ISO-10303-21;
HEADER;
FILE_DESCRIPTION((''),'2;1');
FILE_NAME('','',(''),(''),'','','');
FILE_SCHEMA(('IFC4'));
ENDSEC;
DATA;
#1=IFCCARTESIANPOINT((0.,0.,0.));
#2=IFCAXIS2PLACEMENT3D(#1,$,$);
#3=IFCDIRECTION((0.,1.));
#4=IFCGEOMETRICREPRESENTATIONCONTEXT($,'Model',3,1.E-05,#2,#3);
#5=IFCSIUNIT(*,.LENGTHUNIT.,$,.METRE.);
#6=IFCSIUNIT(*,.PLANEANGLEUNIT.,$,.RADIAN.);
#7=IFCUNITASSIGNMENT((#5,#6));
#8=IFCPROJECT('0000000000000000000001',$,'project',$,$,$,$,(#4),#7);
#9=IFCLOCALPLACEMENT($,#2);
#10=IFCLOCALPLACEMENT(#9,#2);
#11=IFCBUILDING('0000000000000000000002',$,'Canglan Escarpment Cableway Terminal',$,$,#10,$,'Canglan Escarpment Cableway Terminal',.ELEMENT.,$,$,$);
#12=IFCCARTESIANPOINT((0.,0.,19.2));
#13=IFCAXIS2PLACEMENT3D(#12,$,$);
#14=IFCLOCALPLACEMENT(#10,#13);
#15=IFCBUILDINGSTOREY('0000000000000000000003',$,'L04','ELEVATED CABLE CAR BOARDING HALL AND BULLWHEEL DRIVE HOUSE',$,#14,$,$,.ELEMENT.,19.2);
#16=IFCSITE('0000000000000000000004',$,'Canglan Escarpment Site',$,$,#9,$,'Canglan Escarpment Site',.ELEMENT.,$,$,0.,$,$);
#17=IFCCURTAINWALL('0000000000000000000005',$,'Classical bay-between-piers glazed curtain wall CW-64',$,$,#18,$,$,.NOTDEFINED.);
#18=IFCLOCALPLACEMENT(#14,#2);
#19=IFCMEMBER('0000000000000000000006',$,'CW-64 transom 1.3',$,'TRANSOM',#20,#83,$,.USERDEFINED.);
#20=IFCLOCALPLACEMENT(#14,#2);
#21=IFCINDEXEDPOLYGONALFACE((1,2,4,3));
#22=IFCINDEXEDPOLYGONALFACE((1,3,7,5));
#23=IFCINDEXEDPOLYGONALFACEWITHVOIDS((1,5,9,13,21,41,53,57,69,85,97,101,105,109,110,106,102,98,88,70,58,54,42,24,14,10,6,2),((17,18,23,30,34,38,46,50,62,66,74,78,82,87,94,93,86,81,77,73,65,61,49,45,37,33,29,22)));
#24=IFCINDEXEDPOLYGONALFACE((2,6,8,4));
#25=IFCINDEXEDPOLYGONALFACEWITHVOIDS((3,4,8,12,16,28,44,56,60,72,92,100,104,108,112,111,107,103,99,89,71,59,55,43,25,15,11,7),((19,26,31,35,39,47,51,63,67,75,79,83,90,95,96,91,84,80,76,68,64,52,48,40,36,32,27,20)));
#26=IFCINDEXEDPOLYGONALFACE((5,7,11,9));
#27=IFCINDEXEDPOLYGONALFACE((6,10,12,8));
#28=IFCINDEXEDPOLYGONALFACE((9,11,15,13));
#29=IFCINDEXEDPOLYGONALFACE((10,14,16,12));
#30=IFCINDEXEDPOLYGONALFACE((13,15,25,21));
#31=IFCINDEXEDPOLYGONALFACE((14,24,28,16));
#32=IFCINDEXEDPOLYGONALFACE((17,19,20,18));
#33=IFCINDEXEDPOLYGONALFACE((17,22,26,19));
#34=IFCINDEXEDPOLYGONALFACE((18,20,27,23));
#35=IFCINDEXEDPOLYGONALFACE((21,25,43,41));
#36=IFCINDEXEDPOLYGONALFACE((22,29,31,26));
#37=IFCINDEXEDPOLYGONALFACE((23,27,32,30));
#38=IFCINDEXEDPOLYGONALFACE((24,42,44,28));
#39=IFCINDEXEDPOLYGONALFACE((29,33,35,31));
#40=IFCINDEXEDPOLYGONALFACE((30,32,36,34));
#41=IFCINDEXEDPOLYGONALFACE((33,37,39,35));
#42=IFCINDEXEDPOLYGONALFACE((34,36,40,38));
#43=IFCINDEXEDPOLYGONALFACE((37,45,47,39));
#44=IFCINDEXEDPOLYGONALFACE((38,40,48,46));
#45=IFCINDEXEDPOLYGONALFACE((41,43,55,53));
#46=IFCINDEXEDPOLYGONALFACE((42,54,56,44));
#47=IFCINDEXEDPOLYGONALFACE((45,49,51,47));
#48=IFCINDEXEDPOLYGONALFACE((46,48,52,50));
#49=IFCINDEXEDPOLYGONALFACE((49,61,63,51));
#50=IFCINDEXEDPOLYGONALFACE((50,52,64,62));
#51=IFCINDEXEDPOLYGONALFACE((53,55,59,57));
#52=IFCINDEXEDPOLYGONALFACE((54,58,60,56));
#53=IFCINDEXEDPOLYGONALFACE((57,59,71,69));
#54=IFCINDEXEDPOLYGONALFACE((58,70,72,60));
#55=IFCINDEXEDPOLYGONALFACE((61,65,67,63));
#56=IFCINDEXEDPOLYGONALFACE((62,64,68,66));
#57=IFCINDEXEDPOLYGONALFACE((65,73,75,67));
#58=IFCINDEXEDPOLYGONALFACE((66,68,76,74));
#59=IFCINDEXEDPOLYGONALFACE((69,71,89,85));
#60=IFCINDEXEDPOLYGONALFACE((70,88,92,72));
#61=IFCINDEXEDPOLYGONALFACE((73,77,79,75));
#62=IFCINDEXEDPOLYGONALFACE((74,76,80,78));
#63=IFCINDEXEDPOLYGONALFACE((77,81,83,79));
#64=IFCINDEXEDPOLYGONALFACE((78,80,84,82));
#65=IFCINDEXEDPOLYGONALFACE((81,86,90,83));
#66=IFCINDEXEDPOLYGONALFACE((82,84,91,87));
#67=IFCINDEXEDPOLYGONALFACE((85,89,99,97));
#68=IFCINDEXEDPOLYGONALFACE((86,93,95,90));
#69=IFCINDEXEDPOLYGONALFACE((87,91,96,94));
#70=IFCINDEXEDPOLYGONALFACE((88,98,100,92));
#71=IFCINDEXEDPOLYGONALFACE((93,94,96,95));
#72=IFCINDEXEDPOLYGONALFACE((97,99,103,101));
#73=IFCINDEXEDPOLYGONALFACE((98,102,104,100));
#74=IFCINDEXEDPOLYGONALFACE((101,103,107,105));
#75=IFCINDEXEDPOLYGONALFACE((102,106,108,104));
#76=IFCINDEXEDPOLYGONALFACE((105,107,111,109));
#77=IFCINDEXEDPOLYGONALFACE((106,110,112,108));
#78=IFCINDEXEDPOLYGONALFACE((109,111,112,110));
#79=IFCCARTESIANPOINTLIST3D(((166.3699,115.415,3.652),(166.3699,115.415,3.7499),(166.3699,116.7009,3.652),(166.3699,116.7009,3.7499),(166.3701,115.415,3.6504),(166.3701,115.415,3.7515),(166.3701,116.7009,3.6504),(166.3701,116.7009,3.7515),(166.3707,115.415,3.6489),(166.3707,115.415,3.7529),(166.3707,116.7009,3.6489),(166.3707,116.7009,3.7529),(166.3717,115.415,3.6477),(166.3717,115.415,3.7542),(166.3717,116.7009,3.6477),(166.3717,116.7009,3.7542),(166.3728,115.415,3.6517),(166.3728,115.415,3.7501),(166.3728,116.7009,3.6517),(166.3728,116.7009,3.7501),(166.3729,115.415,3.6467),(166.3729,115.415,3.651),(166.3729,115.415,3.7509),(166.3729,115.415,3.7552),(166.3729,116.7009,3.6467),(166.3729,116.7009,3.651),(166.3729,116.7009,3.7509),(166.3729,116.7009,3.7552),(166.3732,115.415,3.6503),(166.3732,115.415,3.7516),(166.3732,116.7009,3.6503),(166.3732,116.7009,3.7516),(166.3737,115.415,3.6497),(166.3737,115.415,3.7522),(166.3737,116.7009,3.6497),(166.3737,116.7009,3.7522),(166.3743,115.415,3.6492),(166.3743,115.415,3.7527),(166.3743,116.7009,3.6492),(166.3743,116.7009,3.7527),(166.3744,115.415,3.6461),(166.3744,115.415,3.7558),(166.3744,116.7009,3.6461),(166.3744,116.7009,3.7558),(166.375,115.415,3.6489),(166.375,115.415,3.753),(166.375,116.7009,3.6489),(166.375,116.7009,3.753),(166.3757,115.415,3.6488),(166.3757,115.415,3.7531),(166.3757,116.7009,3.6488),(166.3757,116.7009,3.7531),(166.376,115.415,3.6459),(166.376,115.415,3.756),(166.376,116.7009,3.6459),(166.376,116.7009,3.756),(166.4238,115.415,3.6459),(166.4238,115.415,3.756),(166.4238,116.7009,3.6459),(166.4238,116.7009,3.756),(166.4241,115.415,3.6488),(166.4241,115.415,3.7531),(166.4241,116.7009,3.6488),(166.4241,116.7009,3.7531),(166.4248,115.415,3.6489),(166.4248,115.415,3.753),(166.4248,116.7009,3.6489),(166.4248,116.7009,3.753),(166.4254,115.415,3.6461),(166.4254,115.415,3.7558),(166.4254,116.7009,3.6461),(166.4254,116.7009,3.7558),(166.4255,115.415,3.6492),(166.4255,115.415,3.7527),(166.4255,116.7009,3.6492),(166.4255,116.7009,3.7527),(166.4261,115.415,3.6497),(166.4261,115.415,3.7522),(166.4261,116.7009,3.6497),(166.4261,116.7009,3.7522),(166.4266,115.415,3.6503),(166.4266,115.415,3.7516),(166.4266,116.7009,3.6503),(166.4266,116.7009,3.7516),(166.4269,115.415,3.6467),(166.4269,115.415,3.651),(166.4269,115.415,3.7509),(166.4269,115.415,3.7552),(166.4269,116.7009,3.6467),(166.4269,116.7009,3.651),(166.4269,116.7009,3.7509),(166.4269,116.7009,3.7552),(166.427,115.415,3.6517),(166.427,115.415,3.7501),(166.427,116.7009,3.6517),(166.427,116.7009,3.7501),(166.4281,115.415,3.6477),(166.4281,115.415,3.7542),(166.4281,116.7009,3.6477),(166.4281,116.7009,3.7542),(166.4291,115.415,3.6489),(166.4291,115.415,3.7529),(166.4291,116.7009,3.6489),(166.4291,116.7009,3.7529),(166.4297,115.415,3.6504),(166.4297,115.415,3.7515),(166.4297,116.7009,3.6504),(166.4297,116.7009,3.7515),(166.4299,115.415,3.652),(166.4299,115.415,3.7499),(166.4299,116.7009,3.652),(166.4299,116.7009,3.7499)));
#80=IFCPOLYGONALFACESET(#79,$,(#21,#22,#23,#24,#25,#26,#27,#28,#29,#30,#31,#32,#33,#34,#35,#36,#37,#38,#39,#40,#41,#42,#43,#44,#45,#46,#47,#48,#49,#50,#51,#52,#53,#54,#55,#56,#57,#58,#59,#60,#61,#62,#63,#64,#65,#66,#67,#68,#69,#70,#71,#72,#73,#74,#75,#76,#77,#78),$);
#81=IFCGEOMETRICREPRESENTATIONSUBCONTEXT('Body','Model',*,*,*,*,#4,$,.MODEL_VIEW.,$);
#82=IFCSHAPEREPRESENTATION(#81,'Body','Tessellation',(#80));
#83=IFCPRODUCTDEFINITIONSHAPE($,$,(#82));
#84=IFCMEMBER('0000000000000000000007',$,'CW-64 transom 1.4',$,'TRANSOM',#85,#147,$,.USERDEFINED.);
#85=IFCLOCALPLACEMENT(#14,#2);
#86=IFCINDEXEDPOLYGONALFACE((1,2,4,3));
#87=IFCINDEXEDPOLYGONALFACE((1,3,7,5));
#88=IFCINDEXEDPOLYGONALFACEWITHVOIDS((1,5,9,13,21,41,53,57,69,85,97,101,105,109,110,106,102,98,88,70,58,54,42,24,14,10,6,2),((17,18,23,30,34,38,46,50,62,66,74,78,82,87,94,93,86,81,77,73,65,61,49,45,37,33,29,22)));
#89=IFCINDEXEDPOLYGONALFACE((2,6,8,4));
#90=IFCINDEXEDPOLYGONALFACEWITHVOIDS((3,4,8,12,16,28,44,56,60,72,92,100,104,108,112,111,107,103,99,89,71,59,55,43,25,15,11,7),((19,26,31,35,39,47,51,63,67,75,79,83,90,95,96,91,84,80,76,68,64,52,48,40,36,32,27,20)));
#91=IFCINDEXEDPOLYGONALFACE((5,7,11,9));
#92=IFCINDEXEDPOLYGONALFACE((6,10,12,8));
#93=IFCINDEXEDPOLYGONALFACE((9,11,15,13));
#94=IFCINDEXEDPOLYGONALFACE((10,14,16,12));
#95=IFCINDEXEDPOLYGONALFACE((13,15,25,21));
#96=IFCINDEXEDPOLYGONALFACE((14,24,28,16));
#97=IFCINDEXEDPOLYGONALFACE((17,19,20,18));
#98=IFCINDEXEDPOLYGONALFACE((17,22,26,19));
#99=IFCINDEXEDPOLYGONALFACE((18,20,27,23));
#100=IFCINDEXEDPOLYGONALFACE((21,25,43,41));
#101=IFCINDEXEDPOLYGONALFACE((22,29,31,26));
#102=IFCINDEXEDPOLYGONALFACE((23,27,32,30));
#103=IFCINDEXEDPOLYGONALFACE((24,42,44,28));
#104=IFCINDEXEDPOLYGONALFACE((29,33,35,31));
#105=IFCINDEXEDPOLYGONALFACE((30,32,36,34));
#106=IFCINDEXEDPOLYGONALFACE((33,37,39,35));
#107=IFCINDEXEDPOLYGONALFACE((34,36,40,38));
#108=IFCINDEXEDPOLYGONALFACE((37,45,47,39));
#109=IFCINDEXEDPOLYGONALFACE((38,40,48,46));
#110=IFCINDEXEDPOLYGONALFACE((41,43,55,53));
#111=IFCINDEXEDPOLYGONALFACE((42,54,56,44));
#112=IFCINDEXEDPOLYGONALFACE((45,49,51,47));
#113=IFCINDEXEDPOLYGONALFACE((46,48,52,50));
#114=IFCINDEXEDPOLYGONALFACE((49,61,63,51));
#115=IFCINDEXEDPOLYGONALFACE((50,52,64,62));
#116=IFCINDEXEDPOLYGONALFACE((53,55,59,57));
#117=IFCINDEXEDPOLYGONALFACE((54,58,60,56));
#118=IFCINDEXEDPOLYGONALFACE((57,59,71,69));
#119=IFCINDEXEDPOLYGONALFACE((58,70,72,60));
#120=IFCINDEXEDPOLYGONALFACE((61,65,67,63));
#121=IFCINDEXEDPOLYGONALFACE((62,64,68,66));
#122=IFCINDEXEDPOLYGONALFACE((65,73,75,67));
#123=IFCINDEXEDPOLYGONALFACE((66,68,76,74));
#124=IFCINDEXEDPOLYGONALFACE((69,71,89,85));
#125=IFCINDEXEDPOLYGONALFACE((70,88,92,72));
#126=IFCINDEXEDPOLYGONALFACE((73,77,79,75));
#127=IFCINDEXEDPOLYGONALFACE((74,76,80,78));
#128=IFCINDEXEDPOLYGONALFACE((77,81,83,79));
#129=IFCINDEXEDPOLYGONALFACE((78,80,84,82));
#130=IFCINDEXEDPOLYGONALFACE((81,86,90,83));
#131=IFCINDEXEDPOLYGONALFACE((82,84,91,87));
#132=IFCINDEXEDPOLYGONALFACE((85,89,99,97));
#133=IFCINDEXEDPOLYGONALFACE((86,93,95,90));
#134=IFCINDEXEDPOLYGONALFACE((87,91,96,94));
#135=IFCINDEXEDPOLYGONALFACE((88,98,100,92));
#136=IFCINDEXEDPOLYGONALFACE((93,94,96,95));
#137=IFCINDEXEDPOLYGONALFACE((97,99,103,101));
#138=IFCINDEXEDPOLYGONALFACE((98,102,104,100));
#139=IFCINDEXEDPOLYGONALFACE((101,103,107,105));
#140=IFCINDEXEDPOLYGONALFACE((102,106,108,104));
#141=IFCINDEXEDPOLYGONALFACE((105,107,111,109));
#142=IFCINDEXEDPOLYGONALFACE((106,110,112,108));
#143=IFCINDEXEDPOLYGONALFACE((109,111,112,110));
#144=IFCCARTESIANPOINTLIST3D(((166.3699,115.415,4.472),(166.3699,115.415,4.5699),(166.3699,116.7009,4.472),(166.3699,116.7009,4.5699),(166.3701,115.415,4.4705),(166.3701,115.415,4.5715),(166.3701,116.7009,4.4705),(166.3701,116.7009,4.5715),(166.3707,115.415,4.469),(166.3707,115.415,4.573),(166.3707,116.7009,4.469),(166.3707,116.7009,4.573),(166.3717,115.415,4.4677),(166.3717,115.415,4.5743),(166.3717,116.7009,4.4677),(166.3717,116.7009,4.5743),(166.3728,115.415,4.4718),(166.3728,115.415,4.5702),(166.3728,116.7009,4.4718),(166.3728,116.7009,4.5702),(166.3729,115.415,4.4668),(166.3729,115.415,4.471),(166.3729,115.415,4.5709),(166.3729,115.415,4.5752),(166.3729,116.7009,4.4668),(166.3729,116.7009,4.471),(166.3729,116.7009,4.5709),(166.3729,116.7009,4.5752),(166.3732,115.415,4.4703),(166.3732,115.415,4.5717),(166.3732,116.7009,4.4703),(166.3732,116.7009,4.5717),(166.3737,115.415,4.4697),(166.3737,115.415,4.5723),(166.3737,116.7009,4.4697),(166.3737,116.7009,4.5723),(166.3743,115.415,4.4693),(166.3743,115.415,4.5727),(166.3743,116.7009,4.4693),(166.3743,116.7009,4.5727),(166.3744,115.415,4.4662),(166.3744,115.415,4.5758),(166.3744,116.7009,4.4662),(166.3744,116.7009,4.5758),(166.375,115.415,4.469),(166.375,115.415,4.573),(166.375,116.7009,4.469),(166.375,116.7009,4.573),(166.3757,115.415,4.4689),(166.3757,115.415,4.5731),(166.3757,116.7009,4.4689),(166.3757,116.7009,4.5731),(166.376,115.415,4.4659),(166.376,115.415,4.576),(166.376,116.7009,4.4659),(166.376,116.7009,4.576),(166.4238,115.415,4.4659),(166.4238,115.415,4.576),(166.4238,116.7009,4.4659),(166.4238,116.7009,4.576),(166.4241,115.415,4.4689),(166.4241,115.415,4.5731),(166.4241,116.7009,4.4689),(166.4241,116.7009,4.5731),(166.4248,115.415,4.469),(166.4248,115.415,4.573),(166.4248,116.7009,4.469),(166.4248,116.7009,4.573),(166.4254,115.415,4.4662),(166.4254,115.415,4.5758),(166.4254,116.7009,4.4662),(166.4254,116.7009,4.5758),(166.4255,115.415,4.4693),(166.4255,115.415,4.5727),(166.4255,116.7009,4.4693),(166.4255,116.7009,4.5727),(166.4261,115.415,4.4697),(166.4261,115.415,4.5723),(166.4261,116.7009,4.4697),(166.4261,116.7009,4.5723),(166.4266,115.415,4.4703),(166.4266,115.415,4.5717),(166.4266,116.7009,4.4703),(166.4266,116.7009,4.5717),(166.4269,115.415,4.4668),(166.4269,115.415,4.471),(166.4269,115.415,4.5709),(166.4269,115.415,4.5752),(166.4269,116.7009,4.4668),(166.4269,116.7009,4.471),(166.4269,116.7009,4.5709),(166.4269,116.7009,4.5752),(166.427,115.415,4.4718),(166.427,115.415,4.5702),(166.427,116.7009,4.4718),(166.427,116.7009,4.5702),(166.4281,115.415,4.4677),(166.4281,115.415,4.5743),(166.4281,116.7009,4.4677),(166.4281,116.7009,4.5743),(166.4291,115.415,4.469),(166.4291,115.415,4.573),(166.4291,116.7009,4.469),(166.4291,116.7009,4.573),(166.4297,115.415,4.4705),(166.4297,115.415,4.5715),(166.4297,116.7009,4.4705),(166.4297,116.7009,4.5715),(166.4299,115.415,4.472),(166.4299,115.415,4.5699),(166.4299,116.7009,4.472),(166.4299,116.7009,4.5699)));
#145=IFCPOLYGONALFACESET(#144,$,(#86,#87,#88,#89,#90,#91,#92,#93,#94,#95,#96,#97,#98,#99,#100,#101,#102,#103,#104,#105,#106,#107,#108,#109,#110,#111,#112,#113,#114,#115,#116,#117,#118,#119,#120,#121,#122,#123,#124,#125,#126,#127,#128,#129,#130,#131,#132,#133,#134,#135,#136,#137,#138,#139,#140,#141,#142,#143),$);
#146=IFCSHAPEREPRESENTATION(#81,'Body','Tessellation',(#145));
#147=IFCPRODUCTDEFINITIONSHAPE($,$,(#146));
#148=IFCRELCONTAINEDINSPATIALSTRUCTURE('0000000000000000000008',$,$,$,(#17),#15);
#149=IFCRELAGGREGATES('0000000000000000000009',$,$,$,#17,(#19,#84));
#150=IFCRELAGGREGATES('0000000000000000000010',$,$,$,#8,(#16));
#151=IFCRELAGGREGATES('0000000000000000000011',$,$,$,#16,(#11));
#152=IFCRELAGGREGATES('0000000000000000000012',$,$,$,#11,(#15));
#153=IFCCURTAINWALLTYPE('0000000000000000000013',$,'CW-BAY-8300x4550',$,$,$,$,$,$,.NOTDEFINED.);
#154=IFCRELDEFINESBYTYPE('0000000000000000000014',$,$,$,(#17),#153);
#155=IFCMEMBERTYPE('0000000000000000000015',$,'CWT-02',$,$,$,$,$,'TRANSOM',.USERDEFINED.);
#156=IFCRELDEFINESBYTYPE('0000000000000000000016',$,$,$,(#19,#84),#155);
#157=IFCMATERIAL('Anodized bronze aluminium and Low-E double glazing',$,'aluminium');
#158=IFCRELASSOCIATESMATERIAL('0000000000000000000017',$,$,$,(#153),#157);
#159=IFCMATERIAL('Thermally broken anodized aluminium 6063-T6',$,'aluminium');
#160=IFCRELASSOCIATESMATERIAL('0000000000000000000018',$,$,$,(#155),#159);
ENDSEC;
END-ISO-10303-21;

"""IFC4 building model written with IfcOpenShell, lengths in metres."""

from ifc_helpers import new_model, si_unit, direction, frame, origin, origin_2d, place, context, subcontext, project, spatial, hollow_rectangle, extrude, material, material_profile, profile_set, type_object, element, aggregate, save


model = new_model("IFC4")

# Units and contexts
model_context = context("Model", 3, precision=1e-05, world=origin(), true_north=direction((0.0, 1.0)))
body_context = subcontext(model_context, "Body", "Model", "MODEL_VIEW")
ifc_project = project(units=[si_unit("LENGTHUNIT", "METRE"), si_unit("PLANEANGLEUNIT", "RADIAN")], contexts=[model_context])

# Site, building, storey
site_placement = place(None, origin())
site = spatial("IfcSite", under=ifc_project, at=site_placement, Name="Canglan Escarpment Site", LongName="Canglan Escarpment Site", CompositionType="ELEMENT", RefElevation=0.0)
building_placement = place(site_placement, origin())
building = spatial("IfcBuilding", under=site, at=building_placement, Name="Canglan Escarpment Cableway Terminal", LongName="Canglan Escarpment Cableway Terminal", CompositionType="ELEMENT")
storey_placement = place(building_placement, frame((0.0, 0.0, 19.2)))
storey = spatial("IfcBuildingStorey", under=building, at=storey_placement, Name="L04", Description="ELEVATED CABLE CAR BOARDING HALL AND BULLWHEEL DRIVE HOUSE", CompositionType="ELEMENT", Elevation=19.2)

# Curtain wall, members
ifc_material_1 = material(Name="Anodized bronze aluminium and Low-E double glazing", Category="aluminium")
curtain_wall_type = type_object("IfcCurtainWallType", Name="CW-BAY-8300x4550", PredefinedType="NOTDEFINED", material=ifc_material_1)
curtain_wall_placement = place(storey_placement, origin())
curtain_wall = element("IfcCurtainWall", 1, at=curtain_wall_placement, inside=storey, type_object=curtain_wall_type, Name="Classical bay-between-piers glazed curtain wall CW-64", PredefinedType="NOTDEFINED")
ifc_material_2 = material(Name="Thermally broken anodized aluminium 6063-T6", Category="aluminium")
ifc_material_profile_1 = material_profile(ifc_material_2, hollow_rectangle(XDim=0.0601, YDim=0.1101, WallThickness=0.0029, InnerFilletRadius=0.0029, OuterFilletRadius=0.0061, at=origin_2d()), Name="ALU-TRAN 60x110x3")
ifc_profile_set_1 = profile_set([ifc_material_profile_1], Name="Thermally broken anodized aluminium 6063-T6")
member_type_1 = type_object("IfcMemberType", Name="CWT-02", ElementType="TRANSOM", PredefinedType="USERDEFINED", material=ifc_profile_set_1)
member_1_placement = place(storey_placement, frame((166.3999, 115.415, 3.7009), z_axis=(0.0, 1.0, 0.0), x_axis=(-1.0, 0.0, 0.0)))
member_1 = element("IfcMember", 2, at=member_1_placement, type_object=member_type_1, Name="CW-64 transom 1.3", ObjectType="TRANSOM", PredefinedType="USERDEFINED", context=body_context, shape_type="SweptSolid", body=[
    extrude(hollow_rectangle(XDim=0.0601, YDim=0.1101, WallThickness=0.0029, InnerFilletRadius=0.0029, OuterFilletRadius=0.0061, at=origin_2d()), origin(), (0.0, 0.0, 1.0), 1.2859),
])
member_2_placement = place(storey_placement, frame((166.3999, 115.415, 4.521), z_axis=(0.0, 1.0, 0.0), x_axis=(-1.0, 0.0, 0.0)))
member_2 = element("IfcMember", 3, at=member_2_placement, type_object=member_type_1, Name="CW-64 transom 1.4", ObjectType="TRANSOM", PredefinedType="USERDEFINED", context=body_context, shape_type="SweptSolid", body=[
    extrude(hollow_rectangle(XDim=0.0601, YDim=0.1101, WallThickness=0.0029, InnerFilletRadius=0.0029, OuterFilletRadius=0.0061, at=origin_2d()), origin(), (0.0, 0.0, 1.0), 1.2859),
])
aggregate(curtain_wall, [member_1, member_2])

save(model, "model.ifc")
